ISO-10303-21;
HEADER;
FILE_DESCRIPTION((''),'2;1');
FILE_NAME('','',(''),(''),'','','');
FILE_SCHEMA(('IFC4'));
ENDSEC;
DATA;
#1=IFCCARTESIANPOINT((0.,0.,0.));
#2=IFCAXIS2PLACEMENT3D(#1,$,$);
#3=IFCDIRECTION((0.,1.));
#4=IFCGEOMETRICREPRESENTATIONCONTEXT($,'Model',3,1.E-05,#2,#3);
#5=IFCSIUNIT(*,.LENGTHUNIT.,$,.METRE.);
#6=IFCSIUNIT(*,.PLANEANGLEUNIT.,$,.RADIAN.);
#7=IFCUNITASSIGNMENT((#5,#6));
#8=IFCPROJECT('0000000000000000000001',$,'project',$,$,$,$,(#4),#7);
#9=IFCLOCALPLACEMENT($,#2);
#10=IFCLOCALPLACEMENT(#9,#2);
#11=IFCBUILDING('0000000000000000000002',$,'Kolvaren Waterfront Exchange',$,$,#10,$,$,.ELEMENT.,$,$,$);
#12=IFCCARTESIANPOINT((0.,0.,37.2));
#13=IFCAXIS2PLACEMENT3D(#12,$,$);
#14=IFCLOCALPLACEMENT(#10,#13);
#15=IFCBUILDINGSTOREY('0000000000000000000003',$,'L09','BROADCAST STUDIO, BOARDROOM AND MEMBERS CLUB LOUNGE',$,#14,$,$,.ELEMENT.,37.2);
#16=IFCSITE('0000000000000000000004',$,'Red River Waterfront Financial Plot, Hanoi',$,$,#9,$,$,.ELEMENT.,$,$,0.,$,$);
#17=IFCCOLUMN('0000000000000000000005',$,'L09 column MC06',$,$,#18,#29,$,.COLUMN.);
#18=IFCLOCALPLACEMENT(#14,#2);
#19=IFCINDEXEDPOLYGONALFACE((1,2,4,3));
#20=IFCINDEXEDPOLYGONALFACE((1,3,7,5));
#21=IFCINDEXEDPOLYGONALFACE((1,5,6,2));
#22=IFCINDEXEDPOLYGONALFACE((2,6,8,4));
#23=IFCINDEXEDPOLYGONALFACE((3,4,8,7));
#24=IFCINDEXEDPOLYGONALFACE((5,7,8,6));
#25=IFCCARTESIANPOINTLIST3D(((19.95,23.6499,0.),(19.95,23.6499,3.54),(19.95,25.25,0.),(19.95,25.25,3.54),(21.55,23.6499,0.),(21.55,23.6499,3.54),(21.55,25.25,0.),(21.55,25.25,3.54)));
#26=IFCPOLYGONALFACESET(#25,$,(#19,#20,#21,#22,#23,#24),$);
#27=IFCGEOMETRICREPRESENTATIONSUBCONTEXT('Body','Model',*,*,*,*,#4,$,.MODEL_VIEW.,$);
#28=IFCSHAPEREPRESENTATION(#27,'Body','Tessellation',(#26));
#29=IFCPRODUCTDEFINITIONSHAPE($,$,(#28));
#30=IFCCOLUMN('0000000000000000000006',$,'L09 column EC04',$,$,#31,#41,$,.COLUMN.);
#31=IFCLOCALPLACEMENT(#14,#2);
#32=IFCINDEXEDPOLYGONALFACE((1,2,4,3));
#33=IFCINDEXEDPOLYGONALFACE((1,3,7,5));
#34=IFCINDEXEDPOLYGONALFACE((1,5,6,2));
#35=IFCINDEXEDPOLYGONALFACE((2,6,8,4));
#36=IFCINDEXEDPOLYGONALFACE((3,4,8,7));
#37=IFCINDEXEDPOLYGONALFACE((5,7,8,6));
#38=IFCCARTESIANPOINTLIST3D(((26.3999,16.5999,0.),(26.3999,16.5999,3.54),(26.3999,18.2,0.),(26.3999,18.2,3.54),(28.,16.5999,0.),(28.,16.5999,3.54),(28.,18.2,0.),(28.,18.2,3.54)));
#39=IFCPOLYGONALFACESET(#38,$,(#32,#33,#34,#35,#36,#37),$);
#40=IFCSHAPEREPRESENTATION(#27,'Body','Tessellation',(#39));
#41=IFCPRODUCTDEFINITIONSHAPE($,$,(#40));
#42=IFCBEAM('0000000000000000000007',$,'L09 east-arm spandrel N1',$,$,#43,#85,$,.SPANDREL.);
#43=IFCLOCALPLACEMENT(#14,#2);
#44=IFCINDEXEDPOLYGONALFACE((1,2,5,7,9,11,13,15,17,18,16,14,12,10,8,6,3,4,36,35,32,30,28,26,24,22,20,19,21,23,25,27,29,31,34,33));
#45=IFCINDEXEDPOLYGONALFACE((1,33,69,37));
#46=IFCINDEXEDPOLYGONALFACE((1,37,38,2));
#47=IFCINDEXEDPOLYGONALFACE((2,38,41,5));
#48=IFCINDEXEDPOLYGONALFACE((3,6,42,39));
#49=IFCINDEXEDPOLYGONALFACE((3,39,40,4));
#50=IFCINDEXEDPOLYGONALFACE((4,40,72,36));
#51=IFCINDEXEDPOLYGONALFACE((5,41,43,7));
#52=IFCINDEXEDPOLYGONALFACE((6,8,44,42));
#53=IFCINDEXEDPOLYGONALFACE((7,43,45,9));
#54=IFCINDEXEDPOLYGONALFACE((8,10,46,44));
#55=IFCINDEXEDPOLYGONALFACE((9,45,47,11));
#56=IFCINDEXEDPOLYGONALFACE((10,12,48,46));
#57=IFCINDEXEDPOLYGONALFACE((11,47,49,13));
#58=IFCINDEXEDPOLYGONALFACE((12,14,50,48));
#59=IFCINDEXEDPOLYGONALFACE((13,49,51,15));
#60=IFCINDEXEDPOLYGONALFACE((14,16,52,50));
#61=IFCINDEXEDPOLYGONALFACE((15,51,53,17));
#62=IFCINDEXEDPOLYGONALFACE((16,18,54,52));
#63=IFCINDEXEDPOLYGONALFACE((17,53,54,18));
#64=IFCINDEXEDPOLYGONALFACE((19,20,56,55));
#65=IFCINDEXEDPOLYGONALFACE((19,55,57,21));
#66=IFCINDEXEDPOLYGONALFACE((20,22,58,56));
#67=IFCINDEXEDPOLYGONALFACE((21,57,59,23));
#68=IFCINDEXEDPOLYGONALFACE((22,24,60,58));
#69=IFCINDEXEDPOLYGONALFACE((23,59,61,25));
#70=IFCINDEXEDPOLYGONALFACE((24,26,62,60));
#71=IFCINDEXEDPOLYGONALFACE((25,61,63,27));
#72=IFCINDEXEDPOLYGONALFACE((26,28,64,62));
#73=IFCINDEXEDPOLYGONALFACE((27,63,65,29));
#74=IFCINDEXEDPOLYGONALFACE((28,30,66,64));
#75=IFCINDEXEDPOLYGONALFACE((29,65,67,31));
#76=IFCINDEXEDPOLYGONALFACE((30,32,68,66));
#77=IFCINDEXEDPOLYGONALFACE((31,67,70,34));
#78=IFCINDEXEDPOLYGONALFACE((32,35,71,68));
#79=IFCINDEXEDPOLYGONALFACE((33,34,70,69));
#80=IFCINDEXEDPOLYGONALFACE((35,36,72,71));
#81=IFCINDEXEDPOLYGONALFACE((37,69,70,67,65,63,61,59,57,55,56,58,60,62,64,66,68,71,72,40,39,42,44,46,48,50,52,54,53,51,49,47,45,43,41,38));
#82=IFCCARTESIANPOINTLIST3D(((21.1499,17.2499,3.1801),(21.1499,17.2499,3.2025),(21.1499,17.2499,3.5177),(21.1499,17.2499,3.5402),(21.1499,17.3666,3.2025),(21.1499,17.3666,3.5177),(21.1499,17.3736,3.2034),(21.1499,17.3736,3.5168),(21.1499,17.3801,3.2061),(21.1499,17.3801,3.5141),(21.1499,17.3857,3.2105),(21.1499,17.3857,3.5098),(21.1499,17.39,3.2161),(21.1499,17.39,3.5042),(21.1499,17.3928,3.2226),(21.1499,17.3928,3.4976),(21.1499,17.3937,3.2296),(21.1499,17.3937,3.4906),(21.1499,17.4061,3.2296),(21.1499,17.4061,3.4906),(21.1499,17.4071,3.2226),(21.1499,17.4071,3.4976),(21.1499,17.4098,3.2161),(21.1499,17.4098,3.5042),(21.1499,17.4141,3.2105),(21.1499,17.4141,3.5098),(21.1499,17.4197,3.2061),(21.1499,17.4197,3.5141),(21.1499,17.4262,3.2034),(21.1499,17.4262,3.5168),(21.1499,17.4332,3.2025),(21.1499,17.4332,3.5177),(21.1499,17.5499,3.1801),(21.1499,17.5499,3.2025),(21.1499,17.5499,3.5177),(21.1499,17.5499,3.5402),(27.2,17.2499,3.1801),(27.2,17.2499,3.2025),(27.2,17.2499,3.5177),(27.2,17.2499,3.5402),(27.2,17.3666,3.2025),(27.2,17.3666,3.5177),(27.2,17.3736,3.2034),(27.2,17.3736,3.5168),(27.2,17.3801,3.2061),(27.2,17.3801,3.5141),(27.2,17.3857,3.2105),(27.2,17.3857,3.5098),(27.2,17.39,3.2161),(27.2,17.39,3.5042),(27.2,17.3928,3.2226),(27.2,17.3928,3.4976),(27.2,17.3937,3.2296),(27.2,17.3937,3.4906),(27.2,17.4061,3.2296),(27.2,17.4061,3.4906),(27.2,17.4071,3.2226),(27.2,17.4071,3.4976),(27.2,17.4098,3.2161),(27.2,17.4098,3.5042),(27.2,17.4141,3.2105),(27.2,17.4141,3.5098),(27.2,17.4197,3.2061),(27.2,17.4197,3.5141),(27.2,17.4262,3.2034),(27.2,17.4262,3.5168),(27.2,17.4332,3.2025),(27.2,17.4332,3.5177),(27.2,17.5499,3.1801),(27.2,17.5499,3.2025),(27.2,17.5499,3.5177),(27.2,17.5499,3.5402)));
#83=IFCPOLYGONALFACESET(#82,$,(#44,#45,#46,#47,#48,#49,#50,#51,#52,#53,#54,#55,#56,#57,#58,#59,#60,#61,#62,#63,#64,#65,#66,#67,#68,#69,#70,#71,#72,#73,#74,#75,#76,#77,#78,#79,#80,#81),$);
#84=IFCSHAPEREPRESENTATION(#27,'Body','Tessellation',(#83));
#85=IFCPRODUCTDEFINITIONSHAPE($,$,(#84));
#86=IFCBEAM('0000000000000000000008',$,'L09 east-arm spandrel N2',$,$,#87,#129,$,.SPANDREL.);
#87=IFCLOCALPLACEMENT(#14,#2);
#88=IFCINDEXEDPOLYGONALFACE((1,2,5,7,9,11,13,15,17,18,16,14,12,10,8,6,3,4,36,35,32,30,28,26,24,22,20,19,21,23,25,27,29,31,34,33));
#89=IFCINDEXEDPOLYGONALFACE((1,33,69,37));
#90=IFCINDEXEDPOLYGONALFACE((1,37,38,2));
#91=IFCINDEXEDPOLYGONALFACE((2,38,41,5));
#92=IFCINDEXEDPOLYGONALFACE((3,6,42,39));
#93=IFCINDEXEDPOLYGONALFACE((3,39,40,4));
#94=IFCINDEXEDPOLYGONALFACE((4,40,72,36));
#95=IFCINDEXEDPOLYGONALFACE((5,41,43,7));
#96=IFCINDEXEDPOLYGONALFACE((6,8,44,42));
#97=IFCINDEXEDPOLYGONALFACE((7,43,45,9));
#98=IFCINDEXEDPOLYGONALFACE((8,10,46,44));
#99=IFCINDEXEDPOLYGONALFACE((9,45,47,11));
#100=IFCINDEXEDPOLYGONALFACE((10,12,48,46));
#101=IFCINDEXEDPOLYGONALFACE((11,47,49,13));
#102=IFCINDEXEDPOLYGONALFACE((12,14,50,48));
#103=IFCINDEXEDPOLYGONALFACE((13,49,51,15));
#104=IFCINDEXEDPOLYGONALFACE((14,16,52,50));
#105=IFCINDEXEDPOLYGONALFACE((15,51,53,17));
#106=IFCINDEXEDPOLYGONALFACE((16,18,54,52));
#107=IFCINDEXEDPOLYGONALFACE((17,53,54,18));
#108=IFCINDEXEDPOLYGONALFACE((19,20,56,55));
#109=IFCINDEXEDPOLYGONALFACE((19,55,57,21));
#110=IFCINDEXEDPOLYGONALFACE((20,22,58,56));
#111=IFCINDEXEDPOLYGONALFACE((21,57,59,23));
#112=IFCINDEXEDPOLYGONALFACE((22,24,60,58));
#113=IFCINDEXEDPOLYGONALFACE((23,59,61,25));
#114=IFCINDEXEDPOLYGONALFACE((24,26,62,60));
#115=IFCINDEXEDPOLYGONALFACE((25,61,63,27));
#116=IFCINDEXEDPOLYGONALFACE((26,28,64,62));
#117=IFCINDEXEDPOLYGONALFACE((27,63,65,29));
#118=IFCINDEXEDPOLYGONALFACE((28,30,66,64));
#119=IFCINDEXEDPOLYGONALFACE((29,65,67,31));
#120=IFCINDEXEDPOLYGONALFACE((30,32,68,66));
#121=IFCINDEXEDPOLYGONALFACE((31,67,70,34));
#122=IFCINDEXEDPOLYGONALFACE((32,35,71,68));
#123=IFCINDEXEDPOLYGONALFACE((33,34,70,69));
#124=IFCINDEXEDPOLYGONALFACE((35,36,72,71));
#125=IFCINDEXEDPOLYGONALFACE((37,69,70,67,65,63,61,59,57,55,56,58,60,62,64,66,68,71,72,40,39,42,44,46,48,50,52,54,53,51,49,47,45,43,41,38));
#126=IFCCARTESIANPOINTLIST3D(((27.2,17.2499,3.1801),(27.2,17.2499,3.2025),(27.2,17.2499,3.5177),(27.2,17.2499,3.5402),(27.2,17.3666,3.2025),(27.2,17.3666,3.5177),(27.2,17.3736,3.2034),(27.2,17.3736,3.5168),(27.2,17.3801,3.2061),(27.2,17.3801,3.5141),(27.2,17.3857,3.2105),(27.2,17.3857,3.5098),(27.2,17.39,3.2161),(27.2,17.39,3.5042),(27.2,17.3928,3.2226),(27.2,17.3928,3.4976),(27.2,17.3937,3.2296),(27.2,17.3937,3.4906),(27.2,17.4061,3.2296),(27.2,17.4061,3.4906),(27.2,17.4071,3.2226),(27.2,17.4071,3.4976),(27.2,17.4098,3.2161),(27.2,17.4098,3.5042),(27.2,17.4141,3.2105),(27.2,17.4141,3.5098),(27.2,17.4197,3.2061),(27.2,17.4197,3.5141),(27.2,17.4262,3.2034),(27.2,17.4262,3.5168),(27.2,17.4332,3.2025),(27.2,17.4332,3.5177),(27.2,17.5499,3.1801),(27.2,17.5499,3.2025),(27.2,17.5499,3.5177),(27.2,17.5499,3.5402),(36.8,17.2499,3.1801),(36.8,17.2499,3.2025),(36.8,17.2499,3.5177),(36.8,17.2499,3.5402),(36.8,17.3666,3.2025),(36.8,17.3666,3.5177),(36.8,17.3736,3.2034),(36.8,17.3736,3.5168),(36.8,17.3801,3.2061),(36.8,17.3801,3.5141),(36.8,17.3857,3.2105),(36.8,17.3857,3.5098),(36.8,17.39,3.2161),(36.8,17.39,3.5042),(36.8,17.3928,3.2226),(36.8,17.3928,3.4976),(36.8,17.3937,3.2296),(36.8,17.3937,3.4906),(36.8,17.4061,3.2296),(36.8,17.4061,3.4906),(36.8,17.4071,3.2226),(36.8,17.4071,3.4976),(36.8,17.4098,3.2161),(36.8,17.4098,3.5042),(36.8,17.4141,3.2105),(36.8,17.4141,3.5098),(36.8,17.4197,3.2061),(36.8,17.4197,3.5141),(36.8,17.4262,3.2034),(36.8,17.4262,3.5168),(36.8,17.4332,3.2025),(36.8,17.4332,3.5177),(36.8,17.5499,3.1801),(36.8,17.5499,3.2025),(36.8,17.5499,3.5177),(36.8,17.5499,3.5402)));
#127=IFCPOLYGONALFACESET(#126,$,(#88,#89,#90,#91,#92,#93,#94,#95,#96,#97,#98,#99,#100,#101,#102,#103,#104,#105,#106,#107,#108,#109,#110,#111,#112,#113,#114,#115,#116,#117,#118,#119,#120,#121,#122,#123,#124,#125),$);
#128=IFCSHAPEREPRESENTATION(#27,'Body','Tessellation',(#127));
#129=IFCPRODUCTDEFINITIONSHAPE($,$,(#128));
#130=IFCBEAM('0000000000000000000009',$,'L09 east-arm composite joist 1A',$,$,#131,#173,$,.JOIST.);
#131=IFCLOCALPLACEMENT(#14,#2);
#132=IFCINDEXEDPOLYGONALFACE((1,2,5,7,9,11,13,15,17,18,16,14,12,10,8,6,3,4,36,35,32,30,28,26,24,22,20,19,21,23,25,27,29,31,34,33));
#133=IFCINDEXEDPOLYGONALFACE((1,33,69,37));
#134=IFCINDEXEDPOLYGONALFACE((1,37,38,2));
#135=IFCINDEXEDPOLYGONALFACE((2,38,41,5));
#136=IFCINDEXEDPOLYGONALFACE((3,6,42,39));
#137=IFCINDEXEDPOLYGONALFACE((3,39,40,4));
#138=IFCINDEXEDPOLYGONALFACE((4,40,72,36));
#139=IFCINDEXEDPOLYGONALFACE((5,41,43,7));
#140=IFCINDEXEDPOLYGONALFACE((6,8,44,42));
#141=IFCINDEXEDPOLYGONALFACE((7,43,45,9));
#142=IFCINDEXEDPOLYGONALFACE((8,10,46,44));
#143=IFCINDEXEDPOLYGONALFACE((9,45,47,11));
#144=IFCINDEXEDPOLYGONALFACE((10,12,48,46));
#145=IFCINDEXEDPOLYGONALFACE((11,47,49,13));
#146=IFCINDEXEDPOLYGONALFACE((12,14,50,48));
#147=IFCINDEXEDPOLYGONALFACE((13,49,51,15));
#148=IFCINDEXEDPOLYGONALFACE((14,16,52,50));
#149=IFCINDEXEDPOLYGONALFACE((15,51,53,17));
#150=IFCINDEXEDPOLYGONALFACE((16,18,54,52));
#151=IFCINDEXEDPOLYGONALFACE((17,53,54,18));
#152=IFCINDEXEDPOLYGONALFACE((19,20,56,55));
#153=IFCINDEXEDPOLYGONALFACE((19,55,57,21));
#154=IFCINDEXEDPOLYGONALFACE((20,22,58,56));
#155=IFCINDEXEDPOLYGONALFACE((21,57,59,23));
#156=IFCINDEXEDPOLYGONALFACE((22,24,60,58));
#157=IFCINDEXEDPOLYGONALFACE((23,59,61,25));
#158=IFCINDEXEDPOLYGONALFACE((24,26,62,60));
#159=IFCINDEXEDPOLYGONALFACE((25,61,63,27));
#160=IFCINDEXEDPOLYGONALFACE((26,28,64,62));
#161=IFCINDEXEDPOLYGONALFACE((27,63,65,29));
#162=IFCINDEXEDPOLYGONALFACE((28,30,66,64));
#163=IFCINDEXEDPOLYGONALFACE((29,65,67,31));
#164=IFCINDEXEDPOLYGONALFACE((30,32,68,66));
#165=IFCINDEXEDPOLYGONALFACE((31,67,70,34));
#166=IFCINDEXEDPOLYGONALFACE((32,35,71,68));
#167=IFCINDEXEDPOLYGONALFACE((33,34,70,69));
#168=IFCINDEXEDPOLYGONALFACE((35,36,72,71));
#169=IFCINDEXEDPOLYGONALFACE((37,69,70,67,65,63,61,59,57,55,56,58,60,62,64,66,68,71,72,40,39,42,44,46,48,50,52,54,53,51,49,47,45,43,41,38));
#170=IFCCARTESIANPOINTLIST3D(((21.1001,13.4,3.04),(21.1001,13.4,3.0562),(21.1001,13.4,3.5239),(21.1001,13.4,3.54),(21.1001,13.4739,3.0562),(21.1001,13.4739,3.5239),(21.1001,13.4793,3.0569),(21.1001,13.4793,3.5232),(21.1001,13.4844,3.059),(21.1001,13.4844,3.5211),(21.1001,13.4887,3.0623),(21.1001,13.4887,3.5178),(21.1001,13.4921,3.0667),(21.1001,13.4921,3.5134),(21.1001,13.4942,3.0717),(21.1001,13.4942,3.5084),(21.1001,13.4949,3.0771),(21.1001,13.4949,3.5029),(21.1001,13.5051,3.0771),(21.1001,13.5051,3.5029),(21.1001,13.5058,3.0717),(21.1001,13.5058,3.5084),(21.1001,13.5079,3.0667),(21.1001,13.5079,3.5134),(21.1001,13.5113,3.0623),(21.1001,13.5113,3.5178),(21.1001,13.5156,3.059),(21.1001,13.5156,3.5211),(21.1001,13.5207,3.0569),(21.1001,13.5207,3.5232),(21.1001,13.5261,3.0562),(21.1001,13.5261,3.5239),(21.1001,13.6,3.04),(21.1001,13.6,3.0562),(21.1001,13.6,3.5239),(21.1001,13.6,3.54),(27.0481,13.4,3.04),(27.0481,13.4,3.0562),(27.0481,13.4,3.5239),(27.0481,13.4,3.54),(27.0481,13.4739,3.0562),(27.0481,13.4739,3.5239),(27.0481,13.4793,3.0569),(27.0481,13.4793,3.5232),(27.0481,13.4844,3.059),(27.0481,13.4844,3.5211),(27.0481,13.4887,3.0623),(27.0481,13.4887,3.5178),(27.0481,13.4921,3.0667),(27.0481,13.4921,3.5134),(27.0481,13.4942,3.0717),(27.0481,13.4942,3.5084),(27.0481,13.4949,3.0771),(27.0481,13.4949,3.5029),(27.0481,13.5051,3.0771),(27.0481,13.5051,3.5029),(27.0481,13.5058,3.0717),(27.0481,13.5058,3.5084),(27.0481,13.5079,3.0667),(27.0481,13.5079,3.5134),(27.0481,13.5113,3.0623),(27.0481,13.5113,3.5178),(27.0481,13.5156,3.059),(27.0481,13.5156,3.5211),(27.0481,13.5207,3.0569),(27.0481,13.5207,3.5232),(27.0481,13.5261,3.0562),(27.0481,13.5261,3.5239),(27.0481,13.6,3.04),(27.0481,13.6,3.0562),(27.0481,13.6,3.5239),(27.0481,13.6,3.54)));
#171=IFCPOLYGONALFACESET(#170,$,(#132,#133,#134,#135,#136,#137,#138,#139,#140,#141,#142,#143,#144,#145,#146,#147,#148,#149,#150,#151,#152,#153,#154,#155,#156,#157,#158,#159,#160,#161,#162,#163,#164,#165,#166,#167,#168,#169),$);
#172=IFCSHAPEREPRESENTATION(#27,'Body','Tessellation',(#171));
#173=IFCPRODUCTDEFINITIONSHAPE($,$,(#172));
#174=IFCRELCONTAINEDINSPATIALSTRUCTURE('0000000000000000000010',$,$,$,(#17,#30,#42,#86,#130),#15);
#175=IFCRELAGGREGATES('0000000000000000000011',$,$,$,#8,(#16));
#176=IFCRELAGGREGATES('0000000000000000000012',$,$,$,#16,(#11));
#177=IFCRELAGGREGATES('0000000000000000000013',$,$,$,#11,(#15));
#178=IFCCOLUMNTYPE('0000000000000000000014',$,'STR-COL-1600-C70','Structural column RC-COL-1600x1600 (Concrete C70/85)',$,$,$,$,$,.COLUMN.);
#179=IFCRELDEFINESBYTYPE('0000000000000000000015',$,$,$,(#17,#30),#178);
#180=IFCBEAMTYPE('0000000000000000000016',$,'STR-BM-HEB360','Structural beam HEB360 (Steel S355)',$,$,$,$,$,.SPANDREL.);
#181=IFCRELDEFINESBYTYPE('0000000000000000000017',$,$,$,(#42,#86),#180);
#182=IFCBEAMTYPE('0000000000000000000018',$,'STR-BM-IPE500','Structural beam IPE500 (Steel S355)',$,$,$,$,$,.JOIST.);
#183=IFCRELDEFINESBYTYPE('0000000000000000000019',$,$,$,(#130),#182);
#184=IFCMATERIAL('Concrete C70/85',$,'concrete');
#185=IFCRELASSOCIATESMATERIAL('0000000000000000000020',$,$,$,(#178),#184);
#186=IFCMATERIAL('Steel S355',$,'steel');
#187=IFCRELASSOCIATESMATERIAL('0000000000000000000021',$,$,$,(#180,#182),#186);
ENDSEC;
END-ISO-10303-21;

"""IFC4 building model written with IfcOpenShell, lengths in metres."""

from ifc_helpers import new_model, si_unit, direction, frame, origin, origin_2d, place, context, subcontext, project, spatial, rectangle, i_section, extrude, material, material_profile, profile_set, type_object, element, save


model = new_model("IFC4")

# Units and contexts
model_context = context("Model", 3, precision=1e-05, world=origin(), true_north=direction((0.0, 1.0)))
body_context = subcontext(model_context, "Body", "Model", "MODEL_VIEW")
ifc_project = project(units=[si_unit("LENGTHUNIT", "METRE"), si_unit("PLANEANGLEUNIT", "RADIAN")], contexts=[model_context])

# Site, building, storey
site_placement = place(None, origin())
site = spatial("IfcSite", under=ifc_project, at=site_placement, Name="Red River Waterfront Financial Plot, Hanoi", CompositionType="ELEMENT", RefElevation=0.0)
building_placement = place(site_placement, origin())
building = spatial("IfcBuilding", under=site, at=building_placement, Name="Kolvaren Waterfront Exchange", CompositionType="ELEMENT")
storey_placement = place(building_placement, frame((0.0, 0.0, 37.2)))
storey = spatial("IfcBuildingStorey", under=building, at=storey_placement, Name="L09", Description="BROADCAST STUDIO, BOARDROOM AND MEMBERS CLUB LOUNGE", CompositionType="ELEMENT", Elevation=37.2)

# Columns
ifc_material_1 = material(Name="Concrete C70/85", Category="concrete")
ifc_material_profile_1 = material_profile(ifc_material_1, rectangle(XDim=1.6001, YDim=1.6001, at=origin_2d()), Name="RC-COL-1600x1600")
ifc_profile_set_1 = profile_set([ifc_material_profile_1], Name="Concrete C70/85")
column_type = type_object("IfcColumnType", Name="STR-COL-1600-C70", Description="Structural column RC-COL-1600x1600 (Concrete C70/85)", PredefinedType="COLUMN", material=ifc_profile_set_1)
for number, where, z_axis, x_axis, name in (
    (1, (20.75, 24.45, 0.0), (0.0, 0.0, 1.0), (1.0, 0.0, 0.0), "L09 column MC06"),
    (2, (27.2, 17.3999, 0.0), (0.0, 0.0, 1.0), (1.0, 0.0, 0.0), "L09 column EC04"),
):
    element("IfcColumn", number, at=place(storey_placement, frame(where, z_axis=z_axis, x_axis=x_axis)), inside=storey, type_object=column_type, Name=name, PredefinedType="COLUMN", context=body_context, shape_type="SweptSolid", body=[
        extrude(rectangle(XDim=1.6001, YDim=1.6001, at=origin_2d()), origin(), (0.0, 0.0, 1.0), 3.54),
    ])

# Beams
ifc_material_2 = material(Name="Steel S355", Category="steel")
ifc_material_profile_2 = material_profile(ifc_material_2, i_section(OverallWidth=0.3, OverallDepth=0.3601, WebThickness=0.0125, FlangeThickness=0.0225, FilletRadius=0.0271, at=origin_2d()), Name="HEB360")
ifc_profile_set_2 = profile_set([ifc_material_profile_2], Name="Steel S355")
beam_type_1 = type_object("IfcBeamType", Name="STR-BM-HEB360", Description="Structural beam HEB360 (Steel S355)", PredefinedType="SPANDREL", material=ifc_profile_set_2)
beam_1_placement = place(storey_placement, frame((21.1499, 17.3999, 3.3601), z_axis=(1.0, 0.0, 0.0), x_axis=(0.0, 1.0, 0.0)))
element("IfcBeam", 3, at=beam_1_placement, inside=storey, type_object=beam_type_1, Name="L09 east-arm spandrel N1", PredefinedType="SPANDREL", context=body_context, shape_type="SweptSolid", body=[
    extrude(i_section(OverallWidth=0.3, OverallDepth=0.3601, WebThickness=0.0125, FlangeThickness=0.0225, FilletRadius=0.0271, at=origin_2d()), origin(), (0.0, 0.0, 1.0), 6.05),
])
beam_2_placement = place(storey_placement, frame((27.2, 17.3999, 3.3601), z_axis=(1.0, 0.0, 0.0), x_axis=(0.0, 1.0, 0.0)))
element("IfcBeam", 4, at=beam_2_placement, inside=storey, type_object=beam_type_1, Name="L09 east-arm spandrel N2", PredefinedType="SPANDREL", context=body_context, shape_type="SweptSolid", body=[
    extrude(i_section(OverallWidth=0.3, OverallDepth=0.3601, WebThickness=0.0125, FlangeThickness=0.0225, FilletRadius=0.0271, at=origin_2d()), origin(), (0.0, 0.0, 1.0), 9.6001),
])
ifc_material_profile_3 = material_profile(ifc_material_2, i_section(OverallWidth=0.2, OverallDepth=0.5, WebThickness=0.0103, FlangeThickness=0.0161, FilletRadius=0.021, at=origin_2d()), Name="IPE500")
ifc_profile_set_3 = profile_set([ifc_material_profile_3], Name="Steel S355")
beam_type_2 = type_object("IfcBeamType", Name="STR-BM-IPE500", Description="Structural beam IPE500 (Steel S355)", PredefinedType="JOIST", material=ifc_profile_set_3)
for number, where, z_axis, x_axis, name in (
    (5, (21.1001, 13.5, 3.29), (1.0, 0.0, 0.0), (0.0, 1.0, 0.0), "L09 east-arm composite joist 1A"),
):
    element("IfcBeam", number, at=place(storey_placement, frame(where, z_axis=z_axis, x_axis=x_axis)), inside=storey, type_object=beam_type_2, Name=name, PredefinedType="JOIST", context=body_context, shape_type="SweptSolid", body=[
        extrude(i_section(OverallWidth=0.2, OverallDepth=0.5, WebThickness=0.0103, FlangeThickness=0.0161, FilletRadius=0.021, at=origin_2d()), origin(), (0.0, 0.0, 1.0), 5.948),
    ])

save(model, "model.ifc")
